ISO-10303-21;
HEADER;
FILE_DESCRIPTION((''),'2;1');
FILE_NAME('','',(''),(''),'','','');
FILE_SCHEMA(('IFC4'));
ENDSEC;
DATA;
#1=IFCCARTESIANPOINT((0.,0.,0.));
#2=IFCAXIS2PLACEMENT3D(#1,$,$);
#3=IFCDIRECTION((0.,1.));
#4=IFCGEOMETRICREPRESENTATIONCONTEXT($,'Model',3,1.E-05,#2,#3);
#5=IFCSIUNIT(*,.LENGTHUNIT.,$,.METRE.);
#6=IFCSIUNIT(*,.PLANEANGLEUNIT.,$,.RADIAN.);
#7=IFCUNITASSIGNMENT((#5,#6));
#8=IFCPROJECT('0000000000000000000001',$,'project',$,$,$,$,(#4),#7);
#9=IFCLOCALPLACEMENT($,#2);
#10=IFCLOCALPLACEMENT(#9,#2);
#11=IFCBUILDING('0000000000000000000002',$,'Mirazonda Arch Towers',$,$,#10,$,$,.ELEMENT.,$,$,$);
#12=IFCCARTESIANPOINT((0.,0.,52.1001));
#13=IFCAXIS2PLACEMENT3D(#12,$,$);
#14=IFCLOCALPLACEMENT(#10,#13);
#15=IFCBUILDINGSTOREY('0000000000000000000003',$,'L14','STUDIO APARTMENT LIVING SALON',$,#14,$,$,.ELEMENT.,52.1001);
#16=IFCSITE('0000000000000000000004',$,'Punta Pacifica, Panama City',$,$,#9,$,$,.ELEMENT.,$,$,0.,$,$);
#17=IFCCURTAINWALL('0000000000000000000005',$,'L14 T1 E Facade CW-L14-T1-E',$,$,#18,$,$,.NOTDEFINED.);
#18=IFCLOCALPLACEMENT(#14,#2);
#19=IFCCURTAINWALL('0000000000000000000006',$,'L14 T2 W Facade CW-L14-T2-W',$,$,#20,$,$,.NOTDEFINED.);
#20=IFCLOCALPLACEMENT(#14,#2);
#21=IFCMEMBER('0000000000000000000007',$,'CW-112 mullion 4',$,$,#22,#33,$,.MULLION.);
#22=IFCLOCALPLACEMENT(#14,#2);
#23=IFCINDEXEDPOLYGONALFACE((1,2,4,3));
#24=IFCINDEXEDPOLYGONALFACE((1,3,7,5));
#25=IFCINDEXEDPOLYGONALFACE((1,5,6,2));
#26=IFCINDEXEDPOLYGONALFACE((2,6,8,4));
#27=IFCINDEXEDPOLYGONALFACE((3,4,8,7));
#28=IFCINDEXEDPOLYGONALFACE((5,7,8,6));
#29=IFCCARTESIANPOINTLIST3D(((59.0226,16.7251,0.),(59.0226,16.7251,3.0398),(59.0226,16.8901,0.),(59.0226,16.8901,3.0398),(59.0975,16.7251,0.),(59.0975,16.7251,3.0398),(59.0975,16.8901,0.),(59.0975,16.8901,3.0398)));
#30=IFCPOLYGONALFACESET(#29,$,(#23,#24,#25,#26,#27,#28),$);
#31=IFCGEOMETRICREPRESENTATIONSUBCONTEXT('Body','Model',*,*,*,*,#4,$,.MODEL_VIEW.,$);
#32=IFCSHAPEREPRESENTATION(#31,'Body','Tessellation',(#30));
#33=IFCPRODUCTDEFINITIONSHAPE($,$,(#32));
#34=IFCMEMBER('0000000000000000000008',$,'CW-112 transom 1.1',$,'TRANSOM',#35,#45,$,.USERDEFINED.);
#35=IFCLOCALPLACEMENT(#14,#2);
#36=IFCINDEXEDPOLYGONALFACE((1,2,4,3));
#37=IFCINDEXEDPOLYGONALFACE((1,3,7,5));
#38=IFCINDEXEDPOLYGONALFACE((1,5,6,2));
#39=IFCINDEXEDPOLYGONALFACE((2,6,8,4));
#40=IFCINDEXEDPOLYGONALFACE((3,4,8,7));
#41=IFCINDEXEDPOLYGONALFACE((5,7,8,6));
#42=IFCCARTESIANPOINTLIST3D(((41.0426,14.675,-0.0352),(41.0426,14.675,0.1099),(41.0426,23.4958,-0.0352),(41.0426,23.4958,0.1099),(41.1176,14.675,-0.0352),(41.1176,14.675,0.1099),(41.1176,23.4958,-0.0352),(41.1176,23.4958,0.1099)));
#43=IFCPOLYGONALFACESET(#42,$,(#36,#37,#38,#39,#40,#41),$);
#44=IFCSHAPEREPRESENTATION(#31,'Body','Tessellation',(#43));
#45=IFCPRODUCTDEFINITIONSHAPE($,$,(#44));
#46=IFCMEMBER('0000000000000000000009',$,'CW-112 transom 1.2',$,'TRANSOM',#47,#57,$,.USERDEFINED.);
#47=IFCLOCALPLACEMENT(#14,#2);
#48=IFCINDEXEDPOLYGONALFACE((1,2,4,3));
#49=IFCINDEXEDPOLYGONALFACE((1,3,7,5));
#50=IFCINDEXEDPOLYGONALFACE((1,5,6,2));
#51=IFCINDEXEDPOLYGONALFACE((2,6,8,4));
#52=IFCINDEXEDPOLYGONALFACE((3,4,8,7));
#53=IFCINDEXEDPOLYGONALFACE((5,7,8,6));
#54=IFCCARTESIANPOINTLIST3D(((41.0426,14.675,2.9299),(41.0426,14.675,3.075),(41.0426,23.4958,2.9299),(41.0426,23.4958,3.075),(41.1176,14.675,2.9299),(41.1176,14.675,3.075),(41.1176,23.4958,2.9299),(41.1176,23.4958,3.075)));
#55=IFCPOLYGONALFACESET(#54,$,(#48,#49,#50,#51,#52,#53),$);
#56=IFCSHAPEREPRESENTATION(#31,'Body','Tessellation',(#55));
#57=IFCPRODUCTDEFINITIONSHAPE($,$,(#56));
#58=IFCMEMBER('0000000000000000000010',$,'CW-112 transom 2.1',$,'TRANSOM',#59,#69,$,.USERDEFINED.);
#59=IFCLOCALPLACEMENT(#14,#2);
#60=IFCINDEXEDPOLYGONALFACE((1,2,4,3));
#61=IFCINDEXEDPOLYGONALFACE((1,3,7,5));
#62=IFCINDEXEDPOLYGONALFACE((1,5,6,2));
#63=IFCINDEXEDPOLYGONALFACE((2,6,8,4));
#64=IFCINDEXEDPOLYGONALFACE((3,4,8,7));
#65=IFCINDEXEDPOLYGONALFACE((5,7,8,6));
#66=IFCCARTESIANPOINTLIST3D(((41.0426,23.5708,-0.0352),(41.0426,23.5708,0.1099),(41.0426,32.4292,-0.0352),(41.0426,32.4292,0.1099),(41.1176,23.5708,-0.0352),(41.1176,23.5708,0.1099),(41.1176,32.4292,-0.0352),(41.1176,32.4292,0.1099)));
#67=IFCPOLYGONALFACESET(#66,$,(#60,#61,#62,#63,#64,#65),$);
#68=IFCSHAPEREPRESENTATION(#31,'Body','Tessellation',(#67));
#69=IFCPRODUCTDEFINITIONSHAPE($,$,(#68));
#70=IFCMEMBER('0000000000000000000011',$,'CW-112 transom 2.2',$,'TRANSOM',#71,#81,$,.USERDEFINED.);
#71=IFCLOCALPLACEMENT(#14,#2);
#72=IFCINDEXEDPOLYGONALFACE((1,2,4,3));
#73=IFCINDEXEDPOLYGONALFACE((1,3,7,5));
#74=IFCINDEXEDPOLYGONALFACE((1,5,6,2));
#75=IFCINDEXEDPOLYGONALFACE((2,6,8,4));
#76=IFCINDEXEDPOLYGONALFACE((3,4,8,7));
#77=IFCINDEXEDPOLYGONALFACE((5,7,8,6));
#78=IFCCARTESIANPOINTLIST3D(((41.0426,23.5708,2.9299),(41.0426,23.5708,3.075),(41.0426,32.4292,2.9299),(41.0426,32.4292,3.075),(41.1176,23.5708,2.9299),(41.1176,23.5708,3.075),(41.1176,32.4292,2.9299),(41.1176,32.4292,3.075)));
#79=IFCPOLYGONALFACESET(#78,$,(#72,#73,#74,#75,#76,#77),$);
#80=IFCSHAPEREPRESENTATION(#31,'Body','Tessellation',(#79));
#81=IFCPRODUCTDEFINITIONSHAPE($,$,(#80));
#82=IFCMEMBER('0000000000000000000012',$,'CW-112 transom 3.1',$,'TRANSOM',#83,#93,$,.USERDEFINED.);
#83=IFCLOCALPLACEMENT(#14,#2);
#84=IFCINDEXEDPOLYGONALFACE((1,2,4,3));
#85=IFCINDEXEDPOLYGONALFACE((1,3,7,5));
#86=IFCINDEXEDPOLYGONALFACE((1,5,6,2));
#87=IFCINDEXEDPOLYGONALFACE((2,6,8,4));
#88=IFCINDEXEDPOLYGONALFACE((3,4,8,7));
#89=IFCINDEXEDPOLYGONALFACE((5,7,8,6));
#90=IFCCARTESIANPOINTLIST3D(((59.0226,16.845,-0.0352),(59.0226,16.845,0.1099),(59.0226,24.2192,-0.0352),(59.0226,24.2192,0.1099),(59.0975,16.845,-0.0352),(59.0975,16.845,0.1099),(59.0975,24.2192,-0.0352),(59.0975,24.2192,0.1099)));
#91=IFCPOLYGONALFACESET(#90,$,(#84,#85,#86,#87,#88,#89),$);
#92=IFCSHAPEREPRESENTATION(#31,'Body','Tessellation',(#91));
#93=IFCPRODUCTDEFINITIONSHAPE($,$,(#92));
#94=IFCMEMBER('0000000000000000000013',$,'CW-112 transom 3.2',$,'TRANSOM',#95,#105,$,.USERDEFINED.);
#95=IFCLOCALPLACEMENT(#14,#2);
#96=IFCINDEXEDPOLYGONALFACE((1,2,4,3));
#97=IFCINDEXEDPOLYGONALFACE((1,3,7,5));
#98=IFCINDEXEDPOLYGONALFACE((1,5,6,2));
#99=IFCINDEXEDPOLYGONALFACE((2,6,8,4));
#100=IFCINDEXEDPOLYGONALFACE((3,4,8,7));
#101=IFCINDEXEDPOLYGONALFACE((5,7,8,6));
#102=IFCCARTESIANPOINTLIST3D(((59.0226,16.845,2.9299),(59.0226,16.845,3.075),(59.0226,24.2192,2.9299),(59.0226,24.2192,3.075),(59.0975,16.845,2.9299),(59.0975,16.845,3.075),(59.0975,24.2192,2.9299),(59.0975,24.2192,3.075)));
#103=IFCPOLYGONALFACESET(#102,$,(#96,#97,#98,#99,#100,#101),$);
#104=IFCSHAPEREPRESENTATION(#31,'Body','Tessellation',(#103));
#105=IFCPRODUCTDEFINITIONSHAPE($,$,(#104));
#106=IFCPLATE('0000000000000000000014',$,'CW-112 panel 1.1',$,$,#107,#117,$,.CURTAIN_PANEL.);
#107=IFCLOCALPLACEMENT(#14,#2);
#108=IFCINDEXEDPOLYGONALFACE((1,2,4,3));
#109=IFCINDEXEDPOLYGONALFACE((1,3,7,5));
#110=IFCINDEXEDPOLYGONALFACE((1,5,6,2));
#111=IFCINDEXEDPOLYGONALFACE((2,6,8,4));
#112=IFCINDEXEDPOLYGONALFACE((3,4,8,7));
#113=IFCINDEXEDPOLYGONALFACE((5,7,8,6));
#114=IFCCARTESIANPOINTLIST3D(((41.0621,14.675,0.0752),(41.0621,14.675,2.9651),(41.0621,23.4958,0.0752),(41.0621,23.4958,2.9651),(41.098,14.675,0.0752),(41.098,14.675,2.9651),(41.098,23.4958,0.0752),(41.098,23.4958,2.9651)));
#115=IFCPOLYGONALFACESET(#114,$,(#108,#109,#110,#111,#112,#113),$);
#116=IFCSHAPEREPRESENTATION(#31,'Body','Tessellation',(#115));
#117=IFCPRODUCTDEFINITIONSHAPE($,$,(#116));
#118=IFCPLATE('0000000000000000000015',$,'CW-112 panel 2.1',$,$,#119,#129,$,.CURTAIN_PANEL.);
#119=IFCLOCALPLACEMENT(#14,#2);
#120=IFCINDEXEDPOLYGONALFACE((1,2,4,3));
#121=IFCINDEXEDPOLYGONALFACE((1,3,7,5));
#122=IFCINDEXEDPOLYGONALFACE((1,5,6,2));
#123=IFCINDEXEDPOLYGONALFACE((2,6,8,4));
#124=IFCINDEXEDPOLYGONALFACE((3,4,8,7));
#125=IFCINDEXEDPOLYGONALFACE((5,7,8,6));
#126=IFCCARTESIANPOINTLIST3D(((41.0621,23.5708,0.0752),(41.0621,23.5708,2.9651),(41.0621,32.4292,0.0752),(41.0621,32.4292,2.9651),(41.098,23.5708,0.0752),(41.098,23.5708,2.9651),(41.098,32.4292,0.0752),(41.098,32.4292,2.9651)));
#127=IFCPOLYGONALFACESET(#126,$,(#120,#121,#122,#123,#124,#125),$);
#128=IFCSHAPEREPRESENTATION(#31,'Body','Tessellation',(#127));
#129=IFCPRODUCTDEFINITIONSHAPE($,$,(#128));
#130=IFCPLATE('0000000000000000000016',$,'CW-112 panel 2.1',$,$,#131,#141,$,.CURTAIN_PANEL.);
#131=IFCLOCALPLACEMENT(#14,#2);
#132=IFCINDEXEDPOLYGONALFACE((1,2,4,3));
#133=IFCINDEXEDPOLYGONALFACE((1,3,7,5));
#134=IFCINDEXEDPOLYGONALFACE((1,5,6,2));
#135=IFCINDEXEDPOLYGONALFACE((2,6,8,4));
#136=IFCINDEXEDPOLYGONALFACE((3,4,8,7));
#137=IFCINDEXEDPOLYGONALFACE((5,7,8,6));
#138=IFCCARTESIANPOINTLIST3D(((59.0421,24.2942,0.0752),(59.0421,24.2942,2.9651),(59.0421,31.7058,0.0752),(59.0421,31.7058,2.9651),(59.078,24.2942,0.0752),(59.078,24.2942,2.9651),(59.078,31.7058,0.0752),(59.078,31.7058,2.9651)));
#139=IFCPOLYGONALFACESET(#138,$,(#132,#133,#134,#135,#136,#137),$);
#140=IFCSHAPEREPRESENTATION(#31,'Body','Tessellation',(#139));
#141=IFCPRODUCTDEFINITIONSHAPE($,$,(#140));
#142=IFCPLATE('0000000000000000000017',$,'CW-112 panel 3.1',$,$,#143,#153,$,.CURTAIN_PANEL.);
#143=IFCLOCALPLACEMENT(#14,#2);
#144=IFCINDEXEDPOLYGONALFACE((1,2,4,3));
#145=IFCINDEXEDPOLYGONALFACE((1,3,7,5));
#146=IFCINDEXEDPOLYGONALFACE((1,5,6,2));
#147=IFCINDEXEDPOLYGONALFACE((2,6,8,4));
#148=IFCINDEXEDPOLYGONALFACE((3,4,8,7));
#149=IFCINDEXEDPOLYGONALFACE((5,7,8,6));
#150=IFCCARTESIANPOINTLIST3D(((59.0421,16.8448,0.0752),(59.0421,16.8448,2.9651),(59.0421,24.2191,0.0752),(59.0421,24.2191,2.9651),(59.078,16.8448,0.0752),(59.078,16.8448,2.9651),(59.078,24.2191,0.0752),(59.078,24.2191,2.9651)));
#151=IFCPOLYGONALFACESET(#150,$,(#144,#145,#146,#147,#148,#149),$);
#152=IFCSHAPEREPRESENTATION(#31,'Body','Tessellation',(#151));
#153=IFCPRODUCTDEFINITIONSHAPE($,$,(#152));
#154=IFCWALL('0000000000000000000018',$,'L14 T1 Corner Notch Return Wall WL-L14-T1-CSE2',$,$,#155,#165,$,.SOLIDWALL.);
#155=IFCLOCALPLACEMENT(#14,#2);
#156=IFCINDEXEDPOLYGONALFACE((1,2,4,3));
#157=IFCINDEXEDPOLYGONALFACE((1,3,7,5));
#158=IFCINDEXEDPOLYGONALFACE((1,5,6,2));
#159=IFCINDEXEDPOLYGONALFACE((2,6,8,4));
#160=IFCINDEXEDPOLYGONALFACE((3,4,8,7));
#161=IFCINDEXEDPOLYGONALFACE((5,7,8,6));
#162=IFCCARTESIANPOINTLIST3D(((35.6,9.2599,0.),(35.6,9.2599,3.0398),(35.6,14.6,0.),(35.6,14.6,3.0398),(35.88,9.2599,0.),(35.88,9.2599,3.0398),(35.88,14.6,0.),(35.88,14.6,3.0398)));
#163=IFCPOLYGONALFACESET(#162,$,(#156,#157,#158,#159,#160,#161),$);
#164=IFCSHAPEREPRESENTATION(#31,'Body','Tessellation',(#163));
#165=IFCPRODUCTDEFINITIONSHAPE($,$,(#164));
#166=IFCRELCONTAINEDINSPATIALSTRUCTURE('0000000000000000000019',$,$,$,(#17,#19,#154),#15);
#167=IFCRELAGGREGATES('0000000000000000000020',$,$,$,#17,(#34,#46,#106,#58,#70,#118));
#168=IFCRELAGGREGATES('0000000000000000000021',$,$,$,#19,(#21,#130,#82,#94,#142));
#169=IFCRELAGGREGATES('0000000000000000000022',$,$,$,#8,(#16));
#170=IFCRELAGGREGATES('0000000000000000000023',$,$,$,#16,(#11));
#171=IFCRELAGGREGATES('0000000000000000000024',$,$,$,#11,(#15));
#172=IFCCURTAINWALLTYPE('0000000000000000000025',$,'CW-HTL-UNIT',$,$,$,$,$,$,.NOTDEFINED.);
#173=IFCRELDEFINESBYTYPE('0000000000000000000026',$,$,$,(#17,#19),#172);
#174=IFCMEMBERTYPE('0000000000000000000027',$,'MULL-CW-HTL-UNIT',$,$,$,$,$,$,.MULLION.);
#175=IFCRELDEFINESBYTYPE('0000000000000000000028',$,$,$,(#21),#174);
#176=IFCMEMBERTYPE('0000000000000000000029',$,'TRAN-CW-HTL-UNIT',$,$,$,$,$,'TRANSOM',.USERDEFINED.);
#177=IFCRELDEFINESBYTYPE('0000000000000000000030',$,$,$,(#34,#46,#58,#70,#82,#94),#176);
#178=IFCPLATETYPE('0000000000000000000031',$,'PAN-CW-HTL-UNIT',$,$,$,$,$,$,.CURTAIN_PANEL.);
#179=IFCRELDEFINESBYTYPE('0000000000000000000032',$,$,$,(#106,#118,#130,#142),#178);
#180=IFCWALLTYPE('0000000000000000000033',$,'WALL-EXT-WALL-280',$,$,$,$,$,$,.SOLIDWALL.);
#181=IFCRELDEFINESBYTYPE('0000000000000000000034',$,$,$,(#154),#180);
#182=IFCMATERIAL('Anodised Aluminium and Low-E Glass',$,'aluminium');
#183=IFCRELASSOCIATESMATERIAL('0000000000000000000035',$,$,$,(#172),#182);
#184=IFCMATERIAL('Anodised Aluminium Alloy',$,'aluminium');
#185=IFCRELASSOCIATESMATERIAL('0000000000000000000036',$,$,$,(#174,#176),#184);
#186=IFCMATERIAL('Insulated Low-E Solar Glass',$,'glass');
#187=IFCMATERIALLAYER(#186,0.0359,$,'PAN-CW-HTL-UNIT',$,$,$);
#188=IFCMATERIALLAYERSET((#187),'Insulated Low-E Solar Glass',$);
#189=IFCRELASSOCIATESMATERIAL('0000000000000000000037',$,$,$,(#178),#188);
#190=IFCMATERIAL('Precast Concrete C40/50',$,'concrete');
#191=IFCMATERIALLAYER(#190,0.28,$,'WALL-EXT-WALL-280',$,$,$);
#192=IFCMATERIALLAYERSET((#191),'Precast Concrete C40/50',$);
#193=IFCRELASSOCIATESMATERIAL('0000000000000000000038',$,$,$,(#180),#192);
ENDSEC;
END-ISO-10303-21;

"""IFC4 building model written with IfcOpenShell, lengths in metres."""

from ifc_helpers import new_model, si_unit, direction, frame, frame_2d, origin, origin_2d, place, context, subcontext, project, spatial, rectangle, extrude, material, layer, layer_set, material_profile, profile_set, type_object, element, aggregate, save


model = new_model("IFC4")

# Units and contexts
model_context = context("Model", 3, precision=1e-05, world=origin(), true_north=direction((0.0, 1.0)))
body_context = subcontext(model_context, "Body", "Model", "MODEL_VIEW")
ifc_project = project(units=[si_unit("LENGTHUNIT", "METRE"), si_unit("PLANEANGLEUNIT", "RADIAN")], contexts=[model_context])

# Site, building, storey
site_placement = place(None, origin())
site = spatial("IfcSite", under=ifc_project, at=site_placement, Name="Punta Pacifica, Panama City", CompositionType="ELEMENT", RefElevation=0.0)
building_placement = place(site_placement, origin())
building = spatial("IfcBuilding", under=site, at=building_placement, Name="Mirazonda Arch Towers", CompositionType="ELEMENT")
storey_placement = place(building_placement, frame((0.0, 0.0, 52.1001)))
storey = spatial("IfcBuildingStorey", under=building, at=storey_placement, Name="L14", Description="STUDIO APARTMENT LIVING SALON", CompositionType="ELEMENT", Elevation=52.1001)

# Curtain wall
ifc_material_1 = material(Name="Anodised Aluminium and Low-E Glass", Category="aluminium")
curtain_wall_type = type_object("IfcCurtainWallType", Name="CW-HTL-UNIT", PredefinedType="NOTDEFINED", material=ifc_material_1)
curtain_wall_1_placement = place(storey_placement, origin())
curtain_wall_1 = element("IfcCurtainWall", 1, at=curtain_wall_1_placement, inside=storey, type_object=curtain_wall_type, Name="L14 T1 E Facade CW-L14-T1-E", PredefinedType="NOTDEFINED")
ifc_material_2 = material(Name="Anodised Aluminium Alloy", Category="aluminium")
ifc_material_profile_1 = material_profile(ifc_material_2, rectangle(XDim=0.075, YDim=0.165, at=origin_2d()), Name="ALU-MULL-75x165")
ifc_profile_set_1 = profile_set([ifc_material_profile_1], Name="Anodised Aluminium Alloy")
member_type_1 = type_object("IfcMemberType", Name="MULL-CW-HTL-UNIT", PredefinedType="MULLION", material=ifc_profile_set_1)

# Curtain wall, member
curtain_wall_2_placement = place(storey_placement, origin())
curtain_wall_2 = element("IfcCurtainWall", 2, at=curtain_wall_2_placement, inside=storey, type_object=curtain_wall_type, Name="L14 T2 W Facade CW-L14-T2-W", PredefinedType="NOTDEFINED")
member_1_placement = place(storey_placement, frame((59.0601, 16.8076, 0.0), z_axis=(0.0, 0.0, 1.0), x_axis=(1.0, 0.0, 0.0)))
member_1 = element("IfcMember", 3, at=member_1_placement, type_object=member_type_1, Name="CW-112 mullion 4", PredefinedType="MULLION", context=body_context, shape_type="SweptSolid", body=[
    extrude(rectangle(XDim=0.075, YDim=0.165, at=origin_2d()), origin(), (0.0, 0.0, 1.0), 3.0398),
])

# Members
ifc_material_profile_2 = material_profile(ifc_material_2, rectangle(XDim=0.075, YDim=0.145, at=origin_2d()), Name="ALU-TRAN-75x145")
ifc_profile_set_2 = profile_set([ifc_material_profile_2], Name="Anodised Aluminium Alloy")
member_type_2 = type_object("IfcMemberType", Name="TRAN-CW-HTL-UNIT", ElementType="TRANSOM", PredefinedType="USERDEFINED", material=ifc_profile_set_2)
member_2_placement = place(storey_placement, frame((41.0801, 14.675, 0.0374), z_axis=(0.0, 1.0, 0.0), x_axis=(-1.0, 0.0, 0.0)))
member_2 = element("IfcMember", 4, at=member_2_placement, type_object=member_type_2, Name="CW-112 transom 1.1", ObjectType="TRANSOM", PredefinedType="USERDEFINED", context=body_context, shape_type="SweptSolid", body=[
    extrude(rectangle(XDim=0.075, YDim=0.145, at=origin_2d()), origin(), (0.0, 0.0, 1.0), 8.8208),
])
member_3_placement = place(storey_placement, frame((41.0801, 14.675, 3.0024), z_axis=(0.0, 1.0, 0.0), x_axis=(-1.0, 0.0, 0.0)))
member_3 = element("IfcMember", 5, at=member_3_placement, type_object=member_type_2, Name="CW-112 transom 1.2", ObjectType="TRANSOM", PredefinedType="USERDEFINED", context=body_context, shape_type="SweptSolid", body=[
    extrude(rectangle(XDim=0.075, YDim=0.145, at=origin_2d()), origin(), (0.0, 0.0, 1.0), 8.8208),
])
member_4_placement = place(storey_placement, frame((41.0801, 23.5708, 0.0374), z_axis=(0.0, 1.0, 0.0), x_axis=(-1.0, 0.0, 0.0)))
member_4 = element("IfcMember", 6, at=member_4_placement, type_object=member_type_2, Name="CW-112 transom 2.1", ObjectType="TRANSOM", PredefinedType="USERDEFINED", context=body_context, shape_type="SweptSolid", body=[
    extrude(rectangle(XDim=0.075, YDim=0.145, at=origin_2d()), origin(), (0.0, 0.0, 1.0), 8.8584),
])
member_5_placement = place(storey_placement, frame((41.0801, 23.5708, 3.0024), z_axis=(0.0, 1.0, 0.0), x_axis=(-1.0, 0.0, 0.0)))
member_5 = element("IfcMember", 7, at=member_5_placement, type_object=member_type_2, Name="CW-112 transom 2.2", ObjectType="TRANSOM", PredefinedType="USERDEFINED", context=body_context, shape_type="SweptSolid", body=[
    extrude(rectangle(XDim=0.075, YDim=0.145, at=origin_2d()), origin(), (0.0, 0.0, 1.0), 8.8584),
])
member_6_placement = place(storey_placement, frame((59.0601, 24.2192, 0.0374), z_axis=(0.0, -1.0, 0.0), x_axis=(1.0, 0.0, 0.0)))
member_6 = element("IfcMember", 8, at=member_6_placement, type_object=member_type_2, Name="CW-112 transom 3.1", ObjectType="TRANSOM", PredefinedType="USERDEFINED", context=body_context, shape_type="SweptSolid", body=[
    extrude(rectangle(XDim=0.075, YDim=0.145, at=origin_2d()), origin(), (0.0, 0.0, 1.0), 7.3743),
])
member_7_placement = place(storey_placement, frame((59.0601, 24.2192, 3.0024), z_axis=(0.0, -1.0, 0.0), x_axis=(1.0, 0.0, 0.0)))
member_7 = element("IfcMember", 9, at=member_7_placement, type_object=member_type_2, Name="CW-112 transom 3.2", ObjectType="TRANSOM", PredefinedType="USERDEFINED", context=body_context, shape_type="SweptSolid", body=[
    extrude(rectangle(XDim=0.075, YDim=0.145, at=origin_2d()), origin(), (0.0, 0.0, 1.0), 7.3743),
])

# Plates
ifc_material_3 = material(Name="Insulated Low-E Solar Glass", Category="glass")
ifc_layer_1 = layer(ifc_material_3, 0.0359, Name="PAN-CW-HTL-UNIT")
ifc_layer_set_1 = layer_set([ifc_layer_1], Name="Insulated Low-E Solar Glass")
plate_type = type_object("IfcPlateType", Name="PAN-CW-HTL-UNIT", PredefinedType="CURTAIN_PANEL", material=ifc_layer_set_1)
plate_1_placement = place(storey_placement, frame((41.0801, 19.0854, 0.0752), z_axis=(0.0, 0.0, 1.0), x_axis=(0.0, 1.0, 0.0)))
plate_1 = element("IfcPlate", 10, at=plate_1_placement, type_object=plate_type, Name="CW-112 panel 1.1", PredefinedType="CURTAIN_PANEL", context=body_context, shape_type="SweptSolid", body=[
    extrude(rectangle(XDim=8.8208, YDim=0.0359, at=origin_2d()), origin(), (0.0, 0.0, 1.0), 2.8899),
])
plate_2_placement = place(storey_placement, frame((41.0801, 28.0, 0.0752), z_axis=(0.0, 0.0, 1.0), x_axis=(0.0, 1.0, 0.0)))
plate_2 = element("IfcPlate", 11, at=plate_2_placement, type_object=plate_type, Name="CW-112 panel 2.1", PredefinedType="CURTAIN_PANEL", context=body_context, shape_type="SweptSolid", body=[
    extrude(rectangle(XDim=8.8584, YDim=0.0359, at=origin_2d()), origin(), (0.0, 0.0, 1.0), 2.8899),
])
aggregate(curtain_wall_1, [member_2, member_3, plate_1, member_4, member_5, plate_2])
plate_3_placement = place(storey_placement, frame((59.0601, 28.0, 0.0752), z_axis=(0.0, 0.0, 1.0), x_axis=(0.0, -1.0, 0.0)))
plate_3 = element("IfcPlate", 12, at=plate_3_placement, type_object=plate_type, Name="CW-112 panel 2.1", PredefinedType="CURTAIN_PANEL", context=body_context, shape_type="SweptSolid", body=[
    extrude(rectangle(XDim=7.4116, YDim=0.0359, at=origin_2d()), origin(), (0.0, 0.0, 1.0), 2.8899),
])
plate_4_placement = place(storey_placement, frame((59.0601, 20.532, 0.0752), z_axis=(0.0, 0.0, 1.0), x_axis=(0.0, -1.0, 0.0)))
plate_4 = element("IfcPlate", 13, at=plate_4_placement, type_object=plate_type, Name="CW-112 panel 3.1", PredefinedType="CURTAIN_PANEL", context=body_context, shape_type="SweptSolid", body=[
    extrude(rectangle(XDim=7.3743, YDim=0.0359, at=origin_2d()), origin(), (0.0, 0.0, 1.0), 2.8899),
])
aggregate(curtain_wall_2, [member_1, plate_3, member_6, member_7, plate_4])

# Wall
ifc_material_4 = material(Name="Precast Concrete C40/50", Category="concrete")
ifc_layer_2 = layer(ifc_material_4, 0.28, Name="WALL-EXT-WALL-280")
ifc_layer_set_2 = layer_set([ifc_layer_2], Name="Precast Concrete C40/50")
wall_type_1 = type_object("IfcWallType", Name="WALL-EXT-WALL-280", PredefinedType="SOLIDWALL", material=ifc_layer_set_2)
wall_1_placement = place(storey_placement, frame((35.74, 9.26, 0.0), z_axis=(0.0, 0.0, 1.0), x_axis=(0.0, 1.0, 0.0)))
element("IfcWall", 14, at=wall_1_placement, inside=storey, type_object=wall_type_1, Name="L14 T1 Corner Notch Return Wall WL-L14-T1-CSE2", PredefinedType="SOLIDWALL", context=body_context, shape_type="SweptSolid", body=[
    extrude(rectangle(XDim=5.3401, YDim=0.28, at=frame_2d((2.6699, 0.0))), origin(), (0.0, 0.0, 1.0), 3.0398),
])

save(model, "model.ifc")
